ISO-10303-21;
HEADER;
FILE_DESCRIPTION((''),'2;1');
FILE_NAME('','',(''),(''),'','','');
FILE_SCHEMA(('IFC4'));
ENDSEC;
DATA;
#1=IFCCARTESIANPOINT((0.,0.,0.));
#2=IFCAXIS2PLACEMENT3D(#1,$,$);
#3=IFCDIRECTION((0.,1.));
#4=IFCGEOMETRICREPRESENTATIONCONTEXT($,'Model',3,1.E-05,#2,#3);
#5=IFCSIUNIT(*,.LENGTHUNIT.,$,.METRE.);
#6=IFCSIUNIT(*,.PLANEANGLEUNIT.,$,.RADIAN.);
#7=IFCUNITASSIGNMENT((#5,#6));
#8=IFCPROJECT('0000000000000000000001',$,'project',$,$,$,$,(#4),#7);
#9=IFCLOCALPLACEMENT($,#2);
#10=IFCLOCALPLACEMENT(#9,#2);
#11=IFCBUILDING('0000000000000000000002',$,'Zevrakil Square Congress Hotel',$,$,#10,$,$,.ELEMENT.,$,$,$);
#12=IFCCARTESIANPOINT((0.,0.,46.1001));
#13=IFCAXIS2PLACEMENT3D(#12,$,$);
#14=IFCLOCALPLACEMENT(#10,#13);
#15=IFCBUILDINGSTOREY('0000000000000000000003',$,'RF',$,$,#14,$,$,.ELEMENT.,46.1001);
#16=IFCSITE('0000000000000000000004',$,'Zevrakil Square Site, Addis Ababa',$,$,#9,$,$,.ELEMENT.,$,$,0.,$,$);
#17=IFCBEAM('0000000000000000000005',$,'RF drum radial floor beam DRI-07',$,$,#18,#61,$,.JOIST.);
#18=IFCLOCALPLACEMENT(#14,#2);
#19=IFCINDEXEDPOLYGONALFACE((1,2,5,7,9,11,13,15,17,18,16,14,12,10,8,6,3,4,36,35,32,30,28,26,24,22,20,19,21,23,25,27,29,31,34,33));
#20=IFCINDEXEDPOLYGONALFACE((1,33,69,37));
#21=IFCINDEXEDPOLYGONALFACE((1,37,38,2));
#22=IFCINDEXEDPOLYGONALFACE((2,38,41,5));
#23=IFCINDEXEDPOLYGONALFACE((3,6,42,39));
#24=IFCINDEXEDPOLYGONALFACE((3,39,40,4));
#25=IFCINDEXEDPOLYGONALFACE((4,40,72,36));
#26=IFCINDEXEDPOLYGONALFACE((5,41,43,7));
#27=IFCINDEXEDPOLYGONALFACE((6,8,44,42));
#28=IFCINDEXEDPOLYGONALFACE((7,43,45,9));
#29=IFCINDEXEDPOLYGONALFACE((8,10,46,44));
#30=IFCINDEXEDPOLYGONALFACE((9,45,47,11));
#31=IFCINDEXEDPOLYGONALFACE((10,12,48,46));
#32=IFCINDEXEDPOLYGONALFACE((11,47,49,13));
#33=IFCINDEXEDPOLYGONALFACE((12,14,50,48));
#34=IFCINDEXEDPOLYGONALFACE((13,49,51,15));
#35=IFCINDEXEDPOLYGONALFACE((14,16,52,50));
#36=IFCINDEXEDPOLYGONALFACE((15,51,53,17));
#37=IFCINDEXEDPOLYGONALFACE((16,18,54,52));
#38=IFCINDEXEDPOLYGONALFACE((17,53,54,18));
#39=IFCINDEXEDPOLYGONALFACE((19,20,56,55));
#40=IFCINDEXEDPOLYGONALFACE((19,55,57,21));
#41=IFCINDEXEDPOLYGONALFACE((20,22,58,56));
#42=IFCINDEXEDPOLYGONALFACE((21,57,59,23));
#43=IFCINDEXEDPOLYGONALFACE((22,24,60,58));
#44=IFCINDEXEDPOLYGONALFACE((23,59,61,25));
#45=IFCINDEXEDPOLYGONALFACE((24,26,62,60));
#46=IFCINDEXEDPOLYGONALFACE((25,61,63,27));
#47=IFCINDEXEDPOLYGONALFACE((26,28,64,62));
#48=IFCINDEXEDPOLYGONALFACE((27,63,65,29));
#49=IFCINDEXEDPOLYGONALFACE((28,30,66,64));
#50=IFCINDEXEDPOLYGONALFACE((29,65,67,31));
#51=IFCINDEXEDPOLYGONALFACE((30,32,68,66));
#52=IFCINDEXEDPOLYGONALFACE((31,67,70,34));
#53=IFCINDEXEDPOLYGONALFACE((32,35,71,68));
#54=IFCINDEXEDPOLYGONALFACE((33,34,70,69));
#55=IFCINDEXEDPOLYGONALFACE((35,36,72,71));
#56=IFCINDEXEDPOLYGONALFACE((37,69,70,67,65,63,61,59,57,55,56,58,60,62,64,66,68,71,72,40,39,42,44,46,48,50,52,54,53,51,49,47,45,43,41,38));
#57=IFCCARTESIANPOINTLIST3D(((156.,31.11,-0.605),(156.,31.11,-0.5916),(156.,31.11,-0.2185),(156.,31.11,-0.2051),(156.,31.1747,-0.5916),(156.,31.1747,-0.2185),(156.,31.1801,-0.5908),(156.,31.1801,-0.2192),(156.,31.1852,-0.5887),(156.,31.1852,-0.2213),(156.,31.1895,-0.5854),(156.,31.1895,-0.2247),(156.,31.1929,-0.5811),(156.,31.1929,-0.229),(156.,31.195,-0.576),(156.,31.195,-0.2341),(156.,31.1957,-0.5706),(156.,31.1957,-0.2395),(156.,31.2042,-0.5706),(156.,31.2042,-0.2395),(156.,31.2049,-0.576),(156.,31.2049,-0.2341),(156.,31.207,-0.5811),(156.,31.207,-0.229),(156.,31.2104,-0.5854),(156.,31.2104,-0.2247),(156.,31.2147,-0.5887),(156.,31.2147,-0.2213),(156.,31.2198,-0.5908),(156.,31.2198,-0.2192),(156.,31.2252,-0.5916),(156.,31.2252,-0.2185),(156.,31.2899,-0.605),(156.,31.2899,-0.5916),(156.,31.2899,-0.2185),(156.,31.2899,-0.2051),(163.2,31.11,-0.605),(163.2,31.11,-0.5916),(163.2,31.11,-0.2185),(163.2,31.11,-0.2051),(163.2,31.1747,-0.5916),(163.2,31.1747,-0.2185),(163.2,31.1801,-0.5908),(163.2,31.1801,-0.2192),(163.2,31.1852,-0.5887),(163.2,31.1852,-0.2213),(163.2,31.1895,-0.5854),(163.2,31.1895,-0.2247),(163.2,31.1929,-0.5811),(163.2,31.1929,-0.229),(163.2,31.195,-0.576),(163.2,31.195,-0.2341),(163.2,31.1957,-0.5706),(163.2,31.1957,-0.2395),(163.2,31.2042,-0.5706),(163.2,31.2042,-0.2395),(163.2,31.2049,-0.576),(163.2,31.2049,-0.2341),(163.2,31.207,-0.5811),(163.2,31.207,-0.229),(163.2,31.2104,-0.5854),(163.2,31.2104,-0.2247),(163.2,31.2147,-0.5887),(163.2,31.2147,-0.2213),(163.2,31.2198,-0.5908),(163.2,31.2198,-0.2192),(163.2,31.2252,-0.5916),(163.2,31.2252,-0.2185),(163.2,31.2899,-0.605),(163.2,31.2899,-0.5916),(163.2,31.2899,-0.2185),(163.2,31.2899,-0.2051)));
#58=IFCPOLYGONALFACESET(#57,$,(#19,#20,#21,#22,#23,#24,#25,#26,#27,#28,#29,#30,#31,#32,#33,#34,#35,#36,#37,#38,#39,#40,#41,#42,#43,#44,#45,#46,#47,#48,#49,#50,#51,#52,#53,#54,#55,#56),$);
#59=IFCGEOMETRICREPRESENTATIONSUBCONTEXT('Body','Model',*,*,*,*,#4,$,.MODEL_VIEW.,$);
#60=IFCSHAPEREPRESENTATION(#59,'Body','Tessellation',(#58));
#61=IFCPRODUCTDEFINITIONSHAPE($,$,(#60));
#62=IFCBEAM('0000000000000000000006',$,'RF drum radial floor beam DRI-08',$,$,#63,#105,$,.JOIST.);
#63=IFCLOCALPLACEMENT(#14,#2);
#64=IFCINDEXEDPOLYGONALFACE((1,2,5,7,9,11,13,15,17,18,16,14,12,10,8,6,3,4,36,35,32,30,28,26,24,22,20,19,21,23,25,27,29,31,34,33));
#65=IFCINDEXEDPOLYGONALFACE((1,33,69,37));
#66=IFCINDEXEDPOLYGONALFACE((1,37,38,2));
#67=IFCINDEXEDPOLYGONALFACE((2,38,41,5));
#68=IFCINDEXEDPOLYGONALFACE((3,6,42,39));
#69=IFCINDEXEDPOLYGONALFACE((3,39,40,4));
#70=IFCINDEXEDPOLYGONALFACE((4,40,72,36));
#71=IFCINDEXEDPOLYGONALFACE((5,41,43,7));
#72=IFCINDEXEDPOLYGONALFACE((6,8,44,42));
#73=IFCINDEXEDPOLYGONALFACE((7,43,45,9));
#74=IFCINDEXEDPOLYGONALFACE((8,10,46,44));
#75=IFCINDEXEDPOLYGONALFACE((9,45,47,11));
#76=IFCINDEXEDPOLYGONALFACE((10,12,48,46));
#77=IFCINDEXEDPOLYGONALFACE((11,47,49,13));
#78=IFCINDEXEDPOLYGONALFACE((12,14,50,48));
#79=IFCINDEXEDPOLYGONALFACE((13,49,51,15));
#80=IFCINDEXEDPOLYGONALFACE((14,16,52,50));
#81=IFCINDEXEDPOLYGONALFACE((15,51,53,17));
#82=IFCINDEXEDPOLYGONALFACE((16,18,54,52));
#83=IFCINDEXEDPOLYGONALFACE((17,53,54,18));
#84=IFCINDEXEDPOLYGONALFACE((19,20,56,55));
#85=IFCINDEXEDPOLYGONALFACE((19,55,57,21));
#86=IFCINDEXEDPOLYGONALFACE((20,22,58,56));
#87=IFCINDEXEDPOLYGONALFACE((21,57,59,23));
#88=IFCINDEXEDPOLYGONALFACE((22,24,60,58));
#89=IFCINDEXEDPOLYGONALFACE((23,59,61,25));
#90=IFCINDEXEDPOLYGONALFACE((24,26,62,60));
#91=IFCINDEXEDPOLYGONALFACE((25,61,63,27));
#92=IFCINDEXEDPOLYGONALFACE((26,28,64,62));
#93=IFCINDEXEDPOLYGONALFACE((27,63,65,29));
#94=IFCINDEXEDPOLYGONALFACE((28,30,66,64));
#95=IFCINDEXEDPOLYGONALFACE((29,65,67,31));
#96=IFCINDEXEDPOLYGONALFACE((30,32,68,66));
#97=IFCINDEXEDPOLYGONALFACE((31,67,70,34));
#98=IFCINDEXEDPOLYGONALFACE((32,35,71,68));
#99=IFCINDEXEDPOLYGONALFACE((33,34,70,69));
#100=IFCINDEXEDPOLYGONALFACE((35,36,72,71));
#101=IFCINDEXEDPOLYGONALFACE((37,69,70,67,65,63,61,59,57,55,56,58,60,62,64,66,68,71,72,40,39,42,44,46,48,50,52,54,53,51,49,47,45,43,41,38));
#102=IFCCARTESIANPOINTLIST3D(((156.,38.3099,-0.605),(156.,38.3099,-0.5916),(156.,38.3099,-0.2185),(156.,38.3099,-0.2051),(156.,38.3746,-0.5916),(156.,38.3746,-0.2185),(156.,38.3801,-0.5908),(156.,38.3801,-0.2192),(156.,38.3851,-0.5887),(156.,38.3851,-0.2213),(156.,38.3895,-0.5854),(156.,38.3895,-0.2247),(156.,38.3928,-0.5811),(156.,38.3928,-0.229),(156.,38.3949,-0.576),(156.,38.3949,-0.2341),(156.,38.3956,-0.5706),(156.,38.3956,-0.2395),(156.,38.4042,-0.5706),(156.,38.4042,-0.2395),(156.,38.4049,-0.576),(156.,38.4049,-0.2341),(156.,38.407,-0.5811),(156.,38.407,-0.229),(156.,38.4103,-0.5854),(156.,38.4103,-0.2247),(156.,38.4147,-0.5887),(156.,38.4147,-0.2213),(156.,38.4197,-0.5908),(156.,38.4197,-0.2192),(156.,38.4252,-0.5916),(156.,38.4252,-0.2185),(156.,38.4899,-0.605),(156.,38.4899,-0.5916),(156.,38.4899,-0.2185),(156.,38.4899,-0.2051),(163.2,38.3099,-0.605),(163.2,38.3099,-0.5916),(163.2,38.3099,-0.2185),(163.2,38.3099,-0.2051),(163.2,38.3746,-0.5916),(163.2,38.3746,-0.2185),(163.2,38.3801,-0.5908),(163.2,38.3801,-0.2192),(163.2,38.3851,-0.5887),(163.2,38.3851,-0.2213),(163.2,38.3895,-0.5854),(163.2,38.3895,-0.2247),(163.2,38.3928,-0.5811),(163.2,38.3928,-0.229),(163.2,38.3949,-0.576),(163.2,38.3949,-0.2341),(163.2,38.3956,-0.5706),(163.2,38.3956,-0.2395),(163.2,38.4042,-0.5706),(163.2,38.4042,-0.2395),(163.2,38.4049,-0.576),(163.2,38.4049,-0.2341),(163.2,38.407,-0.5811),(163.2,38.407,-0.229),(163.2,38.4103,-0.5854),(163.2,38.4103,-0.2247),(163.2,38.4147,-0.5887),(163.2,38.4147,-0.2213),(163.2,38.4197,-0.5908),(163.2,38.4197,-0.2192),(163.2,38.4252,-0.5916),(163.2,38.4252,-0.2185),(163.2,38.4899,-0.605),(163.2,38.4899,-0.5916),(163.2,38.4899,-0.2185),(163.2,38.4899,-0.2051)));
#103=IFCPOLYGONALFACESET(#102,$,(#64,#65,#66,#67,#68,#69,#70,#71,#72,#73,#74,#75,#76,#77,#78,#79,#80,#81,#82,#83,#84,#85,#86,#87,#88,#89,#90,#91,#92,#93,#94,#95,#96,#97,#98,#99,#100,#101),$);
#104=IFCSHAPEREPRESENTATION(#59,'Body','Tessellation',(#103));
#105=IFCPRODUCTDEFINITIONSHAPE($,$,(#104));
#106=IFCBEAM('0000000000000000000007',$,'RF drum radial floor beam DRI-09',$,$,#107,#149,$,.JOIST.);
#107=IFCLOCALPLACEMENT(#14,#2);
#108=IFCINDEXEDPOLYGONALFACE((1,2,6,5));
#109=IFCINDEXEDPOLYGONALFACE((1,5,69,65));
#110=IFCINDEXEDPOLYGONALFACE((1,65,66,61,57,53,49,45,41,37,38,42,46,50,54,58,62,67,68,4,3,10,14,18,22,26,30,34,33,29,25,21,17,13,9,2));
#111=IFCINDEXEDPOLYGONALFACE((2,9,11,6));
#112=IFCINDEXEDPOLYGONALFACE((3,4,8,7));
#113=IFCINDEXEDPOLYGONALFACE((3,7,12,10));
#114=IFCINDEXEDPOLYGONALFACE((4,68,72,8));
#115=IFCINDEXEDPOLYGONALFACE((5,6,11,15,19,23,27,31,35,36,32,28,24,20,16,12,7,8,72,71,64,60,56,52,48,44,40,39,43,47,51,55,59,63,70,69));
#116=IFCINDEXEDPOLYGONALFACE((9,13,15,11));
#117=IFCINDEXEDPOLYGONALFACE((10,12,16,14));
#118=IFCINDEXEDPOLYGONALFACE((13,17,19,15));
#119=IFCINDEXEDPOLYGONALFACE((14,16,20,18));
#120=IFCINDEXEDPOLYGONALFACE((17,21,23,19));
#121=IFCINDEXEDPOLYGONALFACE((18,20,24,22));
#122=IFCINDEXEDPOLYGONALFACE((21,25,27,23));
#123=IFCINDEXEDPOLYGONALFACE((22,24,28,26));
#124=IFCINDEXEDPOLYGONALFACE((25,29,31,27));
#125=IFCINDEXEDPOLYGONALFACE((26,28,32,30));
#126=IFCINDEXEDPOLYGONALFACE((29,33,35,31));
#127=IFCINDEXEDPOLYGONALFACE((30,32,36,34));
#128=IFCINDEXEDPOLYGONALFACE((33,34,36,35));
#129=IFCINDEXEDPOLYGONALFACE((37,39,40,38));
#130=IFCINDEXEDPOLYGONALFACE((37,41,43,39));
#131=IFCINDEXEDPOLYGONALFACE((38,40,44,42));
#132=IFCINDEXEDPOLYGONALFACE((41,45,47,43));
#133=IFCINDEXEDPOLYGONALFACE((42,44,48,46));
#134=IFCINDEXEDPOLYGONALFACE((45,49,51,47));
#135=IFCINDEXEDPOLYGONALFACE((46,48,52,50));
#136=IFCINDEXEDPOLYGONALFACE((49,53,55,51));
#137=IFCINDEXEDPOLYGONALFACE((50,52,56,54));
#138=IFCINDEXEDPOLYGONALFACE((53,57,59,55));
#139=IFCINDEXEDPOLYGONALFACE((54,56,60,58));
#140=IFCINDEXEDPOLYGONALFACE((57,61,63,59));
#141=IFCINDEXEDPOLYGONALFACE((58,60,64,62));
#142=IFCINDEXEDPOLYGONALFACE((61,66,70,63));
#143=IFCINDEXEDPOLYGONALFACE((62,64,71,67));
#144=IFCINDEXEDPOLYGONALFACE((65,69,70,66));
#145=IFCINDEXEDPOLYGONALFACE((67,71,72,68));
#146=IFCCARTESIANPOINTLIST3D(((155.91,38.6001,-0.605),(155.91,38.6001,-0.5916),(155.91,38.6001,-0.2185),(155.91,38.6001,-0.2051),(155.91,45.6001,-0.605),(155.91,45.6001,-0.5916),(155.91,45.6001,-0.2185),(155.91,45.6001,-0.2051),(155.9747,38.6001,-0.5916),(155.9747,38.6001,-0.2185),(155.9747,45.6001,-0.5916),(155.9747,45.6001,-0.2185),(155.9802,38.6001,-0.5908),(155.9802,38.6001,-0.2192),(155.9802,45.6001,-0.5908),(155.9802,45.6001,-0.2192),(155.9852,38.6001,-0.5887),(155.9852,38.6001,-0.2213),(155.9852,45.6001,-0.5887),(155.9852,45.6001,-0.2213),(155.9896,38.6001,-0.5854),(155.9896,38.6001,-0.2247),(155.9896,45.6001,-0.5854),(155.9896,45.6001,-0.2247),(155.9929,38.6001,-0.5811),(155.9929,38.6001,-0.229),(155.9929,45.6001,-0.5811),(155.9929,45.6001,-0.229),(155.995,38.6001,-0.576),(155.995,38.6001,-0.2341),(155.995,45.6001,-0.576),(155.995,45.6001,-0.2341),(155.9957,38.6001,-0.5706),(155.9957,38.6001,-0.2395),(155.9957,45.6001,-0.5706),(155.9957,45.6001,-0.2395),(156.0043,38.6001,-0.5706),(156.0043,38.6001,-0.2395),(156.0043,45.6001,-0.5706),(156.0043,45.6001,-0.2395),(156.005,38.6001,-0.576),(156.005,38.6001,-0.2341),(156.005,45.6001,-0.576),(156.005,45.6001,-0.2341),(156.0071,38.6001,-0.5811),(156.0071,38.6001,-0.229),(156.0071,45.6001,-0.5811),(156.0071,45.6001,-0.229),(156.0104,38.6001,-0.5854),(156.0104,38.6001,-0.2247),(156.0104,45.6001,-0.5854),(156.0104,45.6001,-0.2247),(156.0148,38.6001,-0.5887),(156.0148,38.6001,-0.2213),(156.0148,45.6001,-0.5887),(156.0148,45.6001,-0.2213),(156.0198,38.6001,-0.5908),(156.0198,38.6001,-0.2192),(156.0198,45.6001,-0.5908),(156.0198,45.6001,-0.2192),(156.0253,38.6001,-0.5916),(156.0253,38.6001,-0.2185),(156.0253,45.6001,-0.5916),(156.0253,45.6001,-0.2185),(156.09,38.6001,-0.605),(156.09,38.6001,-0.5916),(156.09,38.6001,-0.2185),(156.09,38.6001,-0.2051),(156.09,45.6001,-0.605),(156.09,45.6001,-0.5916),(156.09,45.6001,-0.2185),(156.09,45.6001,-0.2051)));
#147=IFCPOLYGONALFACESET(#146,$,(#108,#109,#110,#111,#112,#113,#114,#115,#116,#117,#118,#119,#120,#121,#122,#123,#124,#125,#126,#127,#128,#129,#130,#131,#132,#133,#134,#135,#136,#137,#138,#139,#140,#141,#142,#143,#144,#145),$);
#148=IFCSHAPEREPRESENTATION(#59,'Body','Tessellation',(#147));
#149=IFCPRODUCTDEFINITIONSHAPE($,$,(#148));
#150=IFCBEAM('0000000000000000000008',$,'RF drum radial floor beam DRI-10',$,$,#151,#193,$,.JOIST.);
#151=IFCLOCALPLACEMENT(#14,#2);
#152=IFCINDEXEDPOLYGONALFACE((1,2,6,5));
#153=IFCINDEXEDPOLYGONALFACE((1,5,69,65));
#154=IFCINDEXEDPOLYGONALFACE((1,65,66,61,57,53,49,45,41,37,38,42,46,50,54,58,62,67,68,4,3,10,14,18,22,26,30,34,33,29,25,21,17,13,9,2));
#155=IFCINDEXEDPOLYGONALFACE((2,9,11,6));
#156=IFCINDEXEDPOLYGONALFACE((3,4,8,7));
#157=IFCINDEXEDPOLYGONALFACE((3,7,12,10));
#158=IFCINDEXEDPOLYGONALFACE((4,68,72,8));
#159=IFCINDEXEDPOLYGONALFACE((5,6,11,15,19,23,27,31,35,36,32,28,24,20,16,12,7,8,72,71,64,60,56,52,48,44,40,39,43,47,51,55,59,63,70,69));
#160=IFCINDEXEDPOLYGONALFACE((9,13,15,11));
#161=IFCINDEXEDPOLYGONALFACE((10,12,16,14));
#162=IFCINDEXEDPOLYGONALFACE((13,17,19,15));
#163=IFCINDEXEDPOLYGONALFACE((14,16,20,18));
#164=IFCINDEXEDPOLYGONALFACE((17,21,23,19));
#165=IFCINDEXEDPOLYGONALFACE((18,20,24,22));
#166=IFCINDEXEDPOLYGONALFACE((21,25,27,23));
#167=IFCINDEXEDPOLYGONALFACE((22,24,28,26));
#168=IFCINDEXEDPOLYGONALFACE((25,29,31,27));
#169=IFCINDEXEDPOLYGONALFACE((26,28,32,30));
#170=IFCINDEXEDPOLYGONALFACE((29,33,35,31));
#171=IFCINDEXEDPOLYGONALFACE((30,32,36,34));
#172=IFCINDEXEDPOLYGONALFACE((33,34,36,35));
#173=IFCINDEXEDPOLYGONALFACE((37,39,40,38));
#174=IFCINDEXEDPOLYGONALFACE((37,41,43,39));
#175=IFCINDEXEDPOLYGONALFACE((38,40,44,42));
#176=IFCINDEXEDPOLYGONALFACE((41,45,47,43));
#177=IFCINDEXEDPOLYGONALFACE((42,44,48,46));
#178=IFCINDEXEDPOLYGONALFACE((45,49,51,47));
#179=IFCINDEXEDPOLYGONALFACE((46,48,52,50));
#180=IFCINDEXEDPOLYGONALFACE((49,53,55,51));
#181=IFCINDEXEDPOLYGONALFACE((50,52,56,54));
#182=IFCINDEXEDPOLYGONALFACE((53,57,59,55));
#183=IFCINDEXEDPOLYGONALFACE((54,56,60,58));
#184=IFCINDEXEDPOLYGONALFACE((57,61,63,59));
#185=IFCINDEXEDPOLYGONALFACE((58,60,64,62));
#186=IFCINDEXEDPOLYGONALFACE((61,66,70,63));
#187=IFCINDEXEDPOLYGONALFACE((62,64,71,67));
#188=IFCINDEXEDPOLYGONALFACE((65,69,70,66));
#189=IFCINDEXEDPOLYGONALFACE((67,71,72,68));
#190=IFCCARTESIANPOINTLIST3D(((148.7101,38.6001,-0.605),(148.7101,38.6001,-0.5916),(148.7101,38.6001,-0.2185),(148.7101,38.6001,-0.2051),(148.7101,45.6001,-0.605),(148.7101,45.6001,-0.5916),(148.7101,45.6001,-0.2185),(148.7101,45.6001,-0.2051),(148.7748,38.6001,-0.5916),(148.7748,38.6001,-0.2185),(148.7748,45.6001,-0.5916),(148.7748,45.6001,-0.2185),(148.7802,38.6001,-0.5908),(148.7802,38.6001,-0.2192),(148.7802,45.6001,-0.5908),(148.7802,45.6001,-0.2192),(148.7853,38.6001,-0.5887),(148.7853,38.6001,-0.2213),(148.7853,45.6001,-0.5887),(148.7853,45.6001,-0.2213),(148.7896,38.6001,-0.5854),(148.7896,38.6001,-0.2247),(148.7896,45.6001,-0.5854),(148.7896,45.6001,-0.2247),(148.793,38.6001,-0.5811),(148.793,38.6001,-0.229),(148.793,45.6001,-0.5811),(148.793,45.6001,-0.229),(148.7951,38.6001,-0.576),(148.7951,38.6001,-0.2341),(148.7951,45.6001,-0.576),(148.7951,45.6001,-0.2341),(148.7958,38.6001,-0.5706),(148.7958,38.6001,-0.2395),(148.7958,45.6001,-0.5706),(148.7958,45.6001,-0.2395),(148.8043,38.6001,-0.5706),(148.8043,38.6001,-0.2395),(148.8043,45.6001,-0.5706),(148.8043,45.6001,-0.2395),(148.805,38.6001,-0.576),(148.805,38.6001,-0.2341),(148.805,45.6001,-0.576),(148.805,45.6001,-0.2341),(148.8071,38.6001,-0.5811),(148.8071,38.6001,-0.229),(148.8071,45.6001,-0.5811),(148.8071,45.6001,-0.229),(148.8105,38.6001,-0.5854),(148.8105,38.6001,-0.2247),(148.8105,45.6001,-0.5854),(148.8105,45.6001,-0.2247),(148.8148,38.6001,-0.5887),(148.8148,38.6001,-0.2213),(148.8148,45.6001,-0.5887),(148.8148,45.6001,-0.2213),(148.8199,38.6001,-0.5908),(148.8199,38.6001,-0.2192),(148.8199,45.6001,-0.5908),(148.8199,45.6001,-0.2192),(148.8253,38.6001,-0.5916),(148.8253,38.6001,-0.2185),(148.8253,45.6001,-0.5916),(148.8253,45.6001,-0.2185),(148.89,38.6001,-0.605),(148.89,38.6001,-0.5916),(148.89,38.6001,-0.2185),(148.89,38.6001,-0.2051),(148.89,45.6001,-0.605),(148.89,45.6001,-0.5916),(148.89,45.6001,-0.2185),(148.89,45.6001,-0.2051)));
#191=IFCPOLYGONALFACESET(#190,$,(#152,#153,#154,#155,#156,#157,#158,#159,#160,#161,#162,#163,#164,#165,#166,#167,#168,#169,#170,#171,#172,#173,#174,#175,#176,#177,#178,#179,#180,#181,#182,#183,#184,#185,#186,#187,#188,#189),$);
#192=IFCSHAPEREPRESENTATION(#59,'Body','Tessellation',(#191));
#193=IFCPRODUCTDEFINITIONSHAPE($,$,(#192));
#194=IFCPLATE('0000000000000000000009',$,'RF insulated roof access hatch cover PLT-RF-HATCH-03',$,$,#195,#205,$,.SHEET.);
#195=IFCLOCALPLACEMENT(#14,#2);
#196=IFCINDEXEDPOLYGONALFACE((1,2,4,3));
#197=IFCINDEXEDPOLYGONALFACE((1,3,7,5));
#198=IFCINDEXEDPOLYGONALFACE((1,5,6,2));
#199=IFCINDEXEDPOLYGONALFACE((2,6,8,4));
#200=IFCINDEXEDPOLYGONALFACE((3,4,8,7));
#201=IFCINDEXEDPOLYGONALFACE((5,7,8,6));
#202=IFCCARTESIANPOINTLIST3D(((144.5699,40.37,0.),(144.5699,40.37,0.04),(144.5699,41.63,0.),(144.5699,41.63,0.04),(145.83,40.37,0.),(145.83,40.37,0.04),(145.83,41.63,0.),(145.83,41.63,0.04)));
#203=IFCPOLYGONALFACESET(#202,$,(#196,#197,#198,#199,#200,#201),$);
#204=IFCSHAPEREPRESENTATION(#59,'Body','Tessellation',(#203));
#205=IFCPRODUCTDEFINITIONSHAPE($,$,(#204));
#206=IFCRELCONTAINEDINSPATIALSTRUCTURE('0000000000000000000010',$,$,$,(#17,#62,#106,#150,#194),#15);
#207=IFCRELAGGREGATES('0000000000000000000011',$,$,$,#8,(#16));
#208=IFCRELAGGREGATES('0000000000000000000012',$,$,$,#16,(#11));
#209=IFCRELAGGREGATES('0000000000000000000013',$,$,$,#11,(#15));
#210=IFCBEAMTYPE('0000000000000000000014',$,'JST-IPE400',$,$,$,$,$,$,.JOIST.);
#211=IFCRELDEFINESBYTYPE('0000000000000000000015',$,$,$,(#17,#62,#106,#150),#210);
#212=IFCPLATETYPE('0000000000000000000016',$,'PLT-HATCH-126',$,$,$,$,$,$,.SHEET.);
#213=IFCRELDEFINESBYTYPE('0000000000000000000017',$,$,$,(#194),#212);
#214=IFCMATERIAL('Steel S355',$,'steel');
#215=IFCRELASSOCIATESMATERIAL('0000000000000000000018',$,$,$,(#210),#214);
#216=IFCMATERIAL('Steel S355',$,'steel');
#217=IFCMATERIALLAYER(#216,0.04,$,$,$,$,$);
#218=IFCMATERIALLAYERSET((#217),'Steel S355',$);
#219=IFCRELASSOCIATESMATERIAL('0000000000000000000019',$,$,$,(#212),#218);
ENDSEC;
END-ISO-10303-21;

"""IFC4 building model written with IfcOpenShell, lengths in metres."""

from ifc_helpers import new_model, si_unit, direction, frame, origin, origin_2d, place, context, subcontext, project, spatial, rectangle, i_section, extrude, material, layer, layer_set, material_profile, profile_set, type_object, element, save


model = new_model("IFC4")

# Units and contexts
model_context = context("Model", 3, precision=1e-05, world=origin(), true_north=direction((0.0, 1.0)))
body_context = subcontext(model_context, "Body", "Model", "MODEL_VIEW")
ifc_project = project(units=[si_unit("LENGTHUNIT", "METRE"), si_unit("PLANEANGLEUNIT", "RADIAN")], contexts=[model_context])

# Site, building, storey
site_placement = place(None, origin())
site = spatial("IfcSite", under=ifc_project, at=site_placement, Name="Zevrakil Square Site, Addis Ababa", CompositionType="ELEMENT", RefElevation=0.0)
building_placement = place(site_placement, origin())
building = spatial("IfcBuilding", under=site, at=building_placement, Name="Zevrakil Square Congress Hotel", CompositionType="ELEMENT")
storey_placement = place(building_placement, frame((0.0, 0.0, 46.1001)))
storey = spatial("IfcBuildingStorey", under=building, at=storey_placement, Name="RF", CompositionType="ELEMENT", Elevation=46.1001)

# Beams
ifc_material_1 = material(Name="Steel S355", Category="steel")
ifc_material_profile_1 = material_profile(ifc_material_1, i_section(OverallWidth=0.1799, OverallDepth=0.3999, WebThickness=0.0085, FlangeThickness=0.0134, FilletRadius=0.021, at=origin_2d()), Name="IPE 400")
ifc_profile_set_1 = profile_set([ifc_material_profile_1], Name="Steel S355")
beam_type_1 = type_object("IfcBeamType", Name="JST-IPE400", PredefinedType="JOIST", material=ifc_profile_set_1)
for number, where, z_axis, x_axis, name in (
    (1, (156.0, 31.2, -0.405), (1.0, 0.0, 0.0), (0.0, 1.0, 0.0), "RF drum radial floor beam DRI-07"),
    (2, (156.0, 38.3999, -0.405), (1.0, 0.0, 0.0), (0.0, 1.0, 0.0), "RF drum radial floor beam DRI-08"),
):
    element("IfcBeam", number, at=place(storey_placement, frame(where, z_axis=z_axis, x_axis=x_axis)), inside=storey, type_object=beam_type_1, Name=name, PredefinedType="JOIST", context=body_context, shape_type="SweptSolid", body=[
        extrude(i_section(OverallWidth=0.1799, OverallDepth=0.3999, WebThickness=0.0085, FlangeThickness=0.0134, FilletRadius=0.021, at=origin_2d()), origin(), (0.0, 0.0, 1.0), 7.2),
    ])
for number, where, z_axis, x_axis, name in (
    (3, (156.0, 38.6001, -0.405), (0.0, 1.0, 0.0), (-1.0, 0.0, 0.0), "RF drum radial floor beam DRI-09"),
    (4, (148.8, 38.6001, -0.405), (0.0, 1.0, 0.0), (-1.0, 0.0, 0.0), "RF drum radial floor beam DRI-10"),
):
    element("IfcBeam", number, at=place(storey_placement, frame(where, z_axis=z_axis, x_axis=x_axis)), inside=storey, type_object=beam_type_1, Name=name, PredefinedType="JOIST", context=body_context, shape_type="SweptSolid", body=[
        extrude(i_section(OverallWidth=0.1799, OverallDepth=0.3999, WebThickness=0.0085, FlangeThickness=0.0134, FilletRadius=0.021, at=origin_2d()), origin(), (0.0, 0.0, 1.0), 7.0),
    ])

# Plate
ifc_material_2 = material(Name="Steel S355", Category="steel")
ifc_layer_1 = layer(ifc_material_2, 0.04)
ifc_layer_set_1 = layer_set([ifc_layer_1], Name="Steel S355")
plate_type_1 = type_object("IfcPlateType", Name="PLT-HATCH-126", PredefinedType="SHEET", material=ifc_layer_set_1)
for number, where, z_axis, x_axis, name in (
    (5, (145.2, 41.0, 0.0), (0.0, 0.0, 1.0), (1.0, 0.0, 0.0), "RF insulated roof access hatch cover PLT-RF-HATCH-03"),
):
    element("IfcPlate", number, at=place(storey_placement, frame(where, z_axis=z_axis, x_axis=x_axis)), inside=storey, type_object=plate_type_1, Name=name, PredefinedType="SHEET", context=body_context, shape_type="SweptSolid", body=[
        extrude(rectangle(XDim=1.26, YDim=1.26, at=origin_2d()), origin(), (0.0, 0.0, 1.0), 0.04),
    ])

save(model, "model.ifc")
